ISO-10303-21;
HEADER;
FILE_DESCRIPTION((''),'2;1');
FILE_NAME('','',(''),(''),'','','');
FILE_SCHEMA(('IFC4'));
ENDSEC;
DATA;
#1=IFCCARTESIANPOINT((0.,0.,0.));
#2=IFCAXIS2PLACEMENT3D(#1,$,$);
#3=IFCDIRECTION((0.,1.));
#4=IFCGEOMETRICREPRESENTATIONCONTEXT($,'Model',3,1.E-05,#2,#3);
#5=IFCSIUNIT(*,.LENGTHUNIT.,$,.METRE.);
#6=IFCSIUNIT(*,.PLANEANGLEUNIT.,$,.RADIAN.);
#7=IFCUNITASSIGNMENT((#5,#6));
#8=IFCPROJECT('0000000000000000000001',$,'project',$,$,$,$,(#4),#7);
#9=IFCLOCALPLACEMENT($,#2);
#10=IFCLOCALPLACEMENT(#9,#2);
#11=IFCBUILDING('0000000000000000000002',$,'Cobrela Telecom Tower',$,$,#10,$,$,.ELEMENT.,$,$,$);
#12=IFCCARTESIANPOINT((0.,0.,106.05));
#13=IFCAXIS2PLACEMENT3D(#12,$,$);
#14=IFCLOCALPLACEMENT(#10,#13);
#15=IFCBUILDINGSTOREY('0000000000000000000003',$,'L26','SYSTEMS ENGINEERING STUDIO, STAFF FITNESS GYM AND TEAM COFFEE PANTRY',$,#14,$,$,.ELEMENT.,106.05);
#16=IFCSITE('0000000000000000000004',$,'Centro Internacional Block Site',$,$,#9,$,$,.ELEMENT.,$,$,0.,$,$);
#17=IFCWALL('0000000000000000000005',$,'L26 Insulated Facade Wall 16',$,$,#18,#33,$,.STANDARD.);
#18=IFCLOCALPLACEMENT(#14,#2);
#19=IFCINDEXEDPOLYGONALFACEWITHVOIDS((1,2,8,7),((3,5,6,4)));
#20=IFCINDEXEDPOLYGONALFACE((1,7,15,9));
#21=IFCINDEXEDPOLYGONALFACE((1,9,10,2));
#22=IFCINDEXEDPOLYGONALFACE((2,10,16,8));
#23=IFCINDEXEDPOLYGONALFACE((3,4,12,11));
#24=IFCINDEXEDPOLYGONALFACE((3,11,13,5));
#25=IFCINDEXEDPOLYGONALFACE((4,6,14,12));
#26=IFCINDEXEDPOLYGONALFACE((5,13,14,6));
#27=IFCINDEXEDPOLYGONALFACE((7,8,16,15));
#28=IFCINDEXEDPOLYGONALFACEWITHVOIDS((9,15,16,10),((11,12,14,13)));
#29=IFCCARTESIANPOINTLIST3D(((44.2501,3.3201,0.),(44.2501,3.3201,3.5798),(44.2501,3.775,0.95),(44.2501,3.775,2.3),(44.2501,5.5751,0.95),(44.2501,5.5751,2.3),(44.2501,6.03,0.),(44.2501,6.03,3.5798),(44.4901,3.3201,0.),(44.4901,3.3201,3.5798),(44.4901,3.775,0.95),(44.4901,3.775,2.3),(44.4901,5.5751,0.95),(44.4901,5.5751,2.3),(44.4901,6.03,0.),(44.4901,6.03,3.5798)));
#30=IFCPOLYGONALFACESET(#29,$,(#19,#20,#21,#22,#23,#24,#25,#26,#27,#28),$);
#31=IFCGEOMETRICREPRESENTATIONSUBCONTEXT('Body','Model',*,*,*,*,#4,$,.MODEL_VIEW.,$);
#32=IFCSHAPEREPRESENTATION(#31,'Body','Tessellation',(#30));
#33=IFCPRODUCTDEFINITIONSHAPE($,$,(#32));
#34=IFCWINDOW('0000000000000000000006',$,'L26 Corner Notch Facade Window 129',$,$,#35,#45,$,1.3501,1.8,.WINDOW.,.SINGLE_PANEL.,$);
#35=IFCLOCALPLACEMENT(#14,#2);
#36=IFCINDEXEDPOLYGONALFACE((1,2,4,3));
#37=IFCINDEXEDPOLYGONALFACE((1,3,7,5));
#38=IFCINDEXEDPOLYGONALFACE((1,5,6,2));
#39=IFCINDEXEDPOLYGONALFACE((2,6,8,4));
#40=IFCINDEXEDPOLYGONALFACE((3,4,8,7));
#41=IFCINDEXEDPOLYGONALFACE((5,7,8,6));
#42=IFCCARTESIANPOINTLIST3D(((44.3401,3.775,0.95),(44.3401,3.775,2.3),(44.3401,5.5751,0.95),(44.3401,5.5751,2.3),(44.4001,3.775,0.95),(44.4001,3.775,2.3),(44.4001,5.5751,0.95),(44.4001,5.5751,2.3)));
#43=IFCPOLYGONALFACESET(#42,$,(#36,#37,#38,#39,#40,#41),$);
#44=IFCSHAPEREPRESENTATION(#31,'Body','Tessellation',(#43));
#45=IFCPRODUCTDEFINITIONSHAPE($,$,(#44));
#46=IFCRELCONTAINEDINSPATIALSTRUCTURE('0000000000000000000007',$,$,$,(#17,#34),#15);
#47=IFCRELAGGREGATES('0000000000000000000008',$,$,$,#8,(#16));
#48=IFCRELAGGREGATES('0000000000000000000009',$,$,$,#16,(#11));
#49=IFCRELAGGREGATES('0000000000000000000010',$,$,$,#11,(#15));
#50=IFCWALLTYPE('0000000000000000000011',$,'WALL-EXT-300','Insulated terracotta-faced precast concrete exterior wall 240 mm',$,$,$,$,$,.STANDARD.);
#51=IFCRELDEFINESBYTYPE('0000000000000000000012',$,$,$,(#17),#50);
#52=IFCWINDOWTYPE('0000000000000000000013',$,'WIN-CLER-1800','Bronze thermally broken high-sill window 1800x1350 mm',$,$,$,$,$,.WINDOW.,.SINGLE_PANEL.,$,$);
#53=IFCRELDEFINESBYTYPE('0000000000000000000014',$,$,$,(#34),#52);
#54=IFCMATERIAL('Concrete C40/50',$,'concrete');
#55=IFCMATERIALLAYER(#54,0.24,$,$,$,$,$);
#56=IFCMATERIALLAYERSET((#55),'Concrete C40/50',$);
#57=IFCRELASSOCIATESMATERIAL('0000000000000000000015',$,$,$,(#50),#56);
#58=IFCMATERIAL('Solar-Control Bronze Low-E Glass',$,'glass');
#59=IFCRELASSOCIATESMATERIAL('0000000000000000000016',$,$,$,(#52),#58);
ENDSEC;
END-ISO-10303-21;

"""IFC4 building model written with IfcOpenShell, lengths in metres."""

from ifc_helpers import new_model, si_unit, direction, frame, frame_2d, origin, place, context, subcontext, project, spatial, rectangle, extrude, material, layer, layer_set, type_object, element, fill, save


model = new_model("IFC4")

# Units and contexts
model_context = context("Model", 3, precision=1e-05, world=origin(), true_north=direction((0.0, 1.0)))
body_context = subcontext(model_context, "Body", "Model", "MODEL_VIEW")
ifc_project = project(units=[si_unit("LENGTHUNIT", "METRE"), si_unit("PLANEANGLEUNIT", "RADIAN")], contexts=[model_context])

# Site, building, storey
site_placement = place(None, origin())
site = spatial("IfcSite", under=ifc_project, at=site_placement, Name="Centro Internacional Block Site", CompositionType="ELEMENT", RefElevation=0.0)
building_placement = place(site_placement, origin())
building = spatial("IfcBuilding", under=site, at=building_placement, Name="Cobrela Telecom Tower", CompositionType="ELEMENT")
storey_placement = place(building_placement, frame((0.0, 0.0, 106.05)))
storey = spatial("IfcBuildingStorey", under=building, at=storey_placement, Name="L26", Description="SYSTEMS ENGINEERING STUDIO, STAFF FITNESS GYM AND TEAM COFFEE PANTRY", CompositionType="ELEMENT", Elevation=106.05)

# Shared definitions
ifc_material_1 = material(Name="Solar-Control Bronze Low-E Glass", Category="glass")

# Wall, opening, window
ifc_material_2 = material(Name="Concrete C40/50", Category="concrete")
ifc_layer_1 = layer(ifc_material_2, 0.24)
ifc_layer_set_1 = layer_set([ifc_layer_1], Name="Concrete C40/50")
wall_type = type_object("IfcWallType", Name="WALL-EXT-300", Description="Insulated terracotta-faced precast concrete exterior wall 240 mm", PredefinedType="STANDARD", material=ifc_layer_set_1)
wall_1_placement = place(storey_placement, frame((44.3701, 6.03, 0.0), z_axis=(0.0, 0.0, 1.0), x_axis=(0.0, -1.0, 0.0)))
wall_1 = element("IfcWall", 1, at=wall_1_placement, inside=storey, type_object=wall_type, Name="L26 Insulated Facade Wall 16", PredefinedType="STANDARD", context=body_context, shape_type="SweptSolid", body=[
    extrude(rectangle(XDim=2.71, YDim=0.24, at=frame_2d((1.355, 0.0))), origin(), (0.0, 0.0, 1.0), 3.5798),
])
opening_1_placement = place(wall_1_placement, frame((0.4551, 0.0, 0.95)))
opening_1 = element("IfcOpeningElement", 2, at=opening_1_placement, cuts=wall_1, PredefinedType="OPENING", context=body_context, shape_type="SweptSolid", body=[
    extrude(rectangle(XDim=1.8, YDim=1.3501, at=frame_2d((0.8999, 0.675))), frame((0.0, 0.1318, 0.0), z_axis=(0.0, -1.0, 0.0), x_axis=(1.0, 0.0, 0.0)), (0.0, 0.0, 1.0), 0.2639),
])
window_type_1 = type_object("IfcWindowType", Name="WIN-CLER-1800", Description="Bronze thermally broken high-sill window 1800x1350 mm", PartitioningType="SINGLE_PANEL", PredefinedType="WINDOW", material=ifc_material_1)
window_1_placement = place(opening_1_placement, origin())
window_1 = element("IfcWindow", 3, at=window_1_placement, inside=storey, type_object=window_type_1, Name="L26 Corner Notch Facade Window 129", OverallHeight=1.3501, OverallWidth=1.8, PartitioningType="SINGLE_PANEL", PredefinedType="WINDOW", context=body_context, shape_type="SweptSolid", body=[
    extrude(rectangle(XDim=1.8, YDim=1.3501, at=frame_2d((0.8999, 0.675))), frame((0.0, 0.03, 0.0), z_axis=(0.0, -1.0, 0.0), x_axis=(1.0, 0.0, 0.0)), (0.0, 0.0, 1.0), 0.0601),
])
fill(opening_1, window_1)

save(model, "model.ifc")
